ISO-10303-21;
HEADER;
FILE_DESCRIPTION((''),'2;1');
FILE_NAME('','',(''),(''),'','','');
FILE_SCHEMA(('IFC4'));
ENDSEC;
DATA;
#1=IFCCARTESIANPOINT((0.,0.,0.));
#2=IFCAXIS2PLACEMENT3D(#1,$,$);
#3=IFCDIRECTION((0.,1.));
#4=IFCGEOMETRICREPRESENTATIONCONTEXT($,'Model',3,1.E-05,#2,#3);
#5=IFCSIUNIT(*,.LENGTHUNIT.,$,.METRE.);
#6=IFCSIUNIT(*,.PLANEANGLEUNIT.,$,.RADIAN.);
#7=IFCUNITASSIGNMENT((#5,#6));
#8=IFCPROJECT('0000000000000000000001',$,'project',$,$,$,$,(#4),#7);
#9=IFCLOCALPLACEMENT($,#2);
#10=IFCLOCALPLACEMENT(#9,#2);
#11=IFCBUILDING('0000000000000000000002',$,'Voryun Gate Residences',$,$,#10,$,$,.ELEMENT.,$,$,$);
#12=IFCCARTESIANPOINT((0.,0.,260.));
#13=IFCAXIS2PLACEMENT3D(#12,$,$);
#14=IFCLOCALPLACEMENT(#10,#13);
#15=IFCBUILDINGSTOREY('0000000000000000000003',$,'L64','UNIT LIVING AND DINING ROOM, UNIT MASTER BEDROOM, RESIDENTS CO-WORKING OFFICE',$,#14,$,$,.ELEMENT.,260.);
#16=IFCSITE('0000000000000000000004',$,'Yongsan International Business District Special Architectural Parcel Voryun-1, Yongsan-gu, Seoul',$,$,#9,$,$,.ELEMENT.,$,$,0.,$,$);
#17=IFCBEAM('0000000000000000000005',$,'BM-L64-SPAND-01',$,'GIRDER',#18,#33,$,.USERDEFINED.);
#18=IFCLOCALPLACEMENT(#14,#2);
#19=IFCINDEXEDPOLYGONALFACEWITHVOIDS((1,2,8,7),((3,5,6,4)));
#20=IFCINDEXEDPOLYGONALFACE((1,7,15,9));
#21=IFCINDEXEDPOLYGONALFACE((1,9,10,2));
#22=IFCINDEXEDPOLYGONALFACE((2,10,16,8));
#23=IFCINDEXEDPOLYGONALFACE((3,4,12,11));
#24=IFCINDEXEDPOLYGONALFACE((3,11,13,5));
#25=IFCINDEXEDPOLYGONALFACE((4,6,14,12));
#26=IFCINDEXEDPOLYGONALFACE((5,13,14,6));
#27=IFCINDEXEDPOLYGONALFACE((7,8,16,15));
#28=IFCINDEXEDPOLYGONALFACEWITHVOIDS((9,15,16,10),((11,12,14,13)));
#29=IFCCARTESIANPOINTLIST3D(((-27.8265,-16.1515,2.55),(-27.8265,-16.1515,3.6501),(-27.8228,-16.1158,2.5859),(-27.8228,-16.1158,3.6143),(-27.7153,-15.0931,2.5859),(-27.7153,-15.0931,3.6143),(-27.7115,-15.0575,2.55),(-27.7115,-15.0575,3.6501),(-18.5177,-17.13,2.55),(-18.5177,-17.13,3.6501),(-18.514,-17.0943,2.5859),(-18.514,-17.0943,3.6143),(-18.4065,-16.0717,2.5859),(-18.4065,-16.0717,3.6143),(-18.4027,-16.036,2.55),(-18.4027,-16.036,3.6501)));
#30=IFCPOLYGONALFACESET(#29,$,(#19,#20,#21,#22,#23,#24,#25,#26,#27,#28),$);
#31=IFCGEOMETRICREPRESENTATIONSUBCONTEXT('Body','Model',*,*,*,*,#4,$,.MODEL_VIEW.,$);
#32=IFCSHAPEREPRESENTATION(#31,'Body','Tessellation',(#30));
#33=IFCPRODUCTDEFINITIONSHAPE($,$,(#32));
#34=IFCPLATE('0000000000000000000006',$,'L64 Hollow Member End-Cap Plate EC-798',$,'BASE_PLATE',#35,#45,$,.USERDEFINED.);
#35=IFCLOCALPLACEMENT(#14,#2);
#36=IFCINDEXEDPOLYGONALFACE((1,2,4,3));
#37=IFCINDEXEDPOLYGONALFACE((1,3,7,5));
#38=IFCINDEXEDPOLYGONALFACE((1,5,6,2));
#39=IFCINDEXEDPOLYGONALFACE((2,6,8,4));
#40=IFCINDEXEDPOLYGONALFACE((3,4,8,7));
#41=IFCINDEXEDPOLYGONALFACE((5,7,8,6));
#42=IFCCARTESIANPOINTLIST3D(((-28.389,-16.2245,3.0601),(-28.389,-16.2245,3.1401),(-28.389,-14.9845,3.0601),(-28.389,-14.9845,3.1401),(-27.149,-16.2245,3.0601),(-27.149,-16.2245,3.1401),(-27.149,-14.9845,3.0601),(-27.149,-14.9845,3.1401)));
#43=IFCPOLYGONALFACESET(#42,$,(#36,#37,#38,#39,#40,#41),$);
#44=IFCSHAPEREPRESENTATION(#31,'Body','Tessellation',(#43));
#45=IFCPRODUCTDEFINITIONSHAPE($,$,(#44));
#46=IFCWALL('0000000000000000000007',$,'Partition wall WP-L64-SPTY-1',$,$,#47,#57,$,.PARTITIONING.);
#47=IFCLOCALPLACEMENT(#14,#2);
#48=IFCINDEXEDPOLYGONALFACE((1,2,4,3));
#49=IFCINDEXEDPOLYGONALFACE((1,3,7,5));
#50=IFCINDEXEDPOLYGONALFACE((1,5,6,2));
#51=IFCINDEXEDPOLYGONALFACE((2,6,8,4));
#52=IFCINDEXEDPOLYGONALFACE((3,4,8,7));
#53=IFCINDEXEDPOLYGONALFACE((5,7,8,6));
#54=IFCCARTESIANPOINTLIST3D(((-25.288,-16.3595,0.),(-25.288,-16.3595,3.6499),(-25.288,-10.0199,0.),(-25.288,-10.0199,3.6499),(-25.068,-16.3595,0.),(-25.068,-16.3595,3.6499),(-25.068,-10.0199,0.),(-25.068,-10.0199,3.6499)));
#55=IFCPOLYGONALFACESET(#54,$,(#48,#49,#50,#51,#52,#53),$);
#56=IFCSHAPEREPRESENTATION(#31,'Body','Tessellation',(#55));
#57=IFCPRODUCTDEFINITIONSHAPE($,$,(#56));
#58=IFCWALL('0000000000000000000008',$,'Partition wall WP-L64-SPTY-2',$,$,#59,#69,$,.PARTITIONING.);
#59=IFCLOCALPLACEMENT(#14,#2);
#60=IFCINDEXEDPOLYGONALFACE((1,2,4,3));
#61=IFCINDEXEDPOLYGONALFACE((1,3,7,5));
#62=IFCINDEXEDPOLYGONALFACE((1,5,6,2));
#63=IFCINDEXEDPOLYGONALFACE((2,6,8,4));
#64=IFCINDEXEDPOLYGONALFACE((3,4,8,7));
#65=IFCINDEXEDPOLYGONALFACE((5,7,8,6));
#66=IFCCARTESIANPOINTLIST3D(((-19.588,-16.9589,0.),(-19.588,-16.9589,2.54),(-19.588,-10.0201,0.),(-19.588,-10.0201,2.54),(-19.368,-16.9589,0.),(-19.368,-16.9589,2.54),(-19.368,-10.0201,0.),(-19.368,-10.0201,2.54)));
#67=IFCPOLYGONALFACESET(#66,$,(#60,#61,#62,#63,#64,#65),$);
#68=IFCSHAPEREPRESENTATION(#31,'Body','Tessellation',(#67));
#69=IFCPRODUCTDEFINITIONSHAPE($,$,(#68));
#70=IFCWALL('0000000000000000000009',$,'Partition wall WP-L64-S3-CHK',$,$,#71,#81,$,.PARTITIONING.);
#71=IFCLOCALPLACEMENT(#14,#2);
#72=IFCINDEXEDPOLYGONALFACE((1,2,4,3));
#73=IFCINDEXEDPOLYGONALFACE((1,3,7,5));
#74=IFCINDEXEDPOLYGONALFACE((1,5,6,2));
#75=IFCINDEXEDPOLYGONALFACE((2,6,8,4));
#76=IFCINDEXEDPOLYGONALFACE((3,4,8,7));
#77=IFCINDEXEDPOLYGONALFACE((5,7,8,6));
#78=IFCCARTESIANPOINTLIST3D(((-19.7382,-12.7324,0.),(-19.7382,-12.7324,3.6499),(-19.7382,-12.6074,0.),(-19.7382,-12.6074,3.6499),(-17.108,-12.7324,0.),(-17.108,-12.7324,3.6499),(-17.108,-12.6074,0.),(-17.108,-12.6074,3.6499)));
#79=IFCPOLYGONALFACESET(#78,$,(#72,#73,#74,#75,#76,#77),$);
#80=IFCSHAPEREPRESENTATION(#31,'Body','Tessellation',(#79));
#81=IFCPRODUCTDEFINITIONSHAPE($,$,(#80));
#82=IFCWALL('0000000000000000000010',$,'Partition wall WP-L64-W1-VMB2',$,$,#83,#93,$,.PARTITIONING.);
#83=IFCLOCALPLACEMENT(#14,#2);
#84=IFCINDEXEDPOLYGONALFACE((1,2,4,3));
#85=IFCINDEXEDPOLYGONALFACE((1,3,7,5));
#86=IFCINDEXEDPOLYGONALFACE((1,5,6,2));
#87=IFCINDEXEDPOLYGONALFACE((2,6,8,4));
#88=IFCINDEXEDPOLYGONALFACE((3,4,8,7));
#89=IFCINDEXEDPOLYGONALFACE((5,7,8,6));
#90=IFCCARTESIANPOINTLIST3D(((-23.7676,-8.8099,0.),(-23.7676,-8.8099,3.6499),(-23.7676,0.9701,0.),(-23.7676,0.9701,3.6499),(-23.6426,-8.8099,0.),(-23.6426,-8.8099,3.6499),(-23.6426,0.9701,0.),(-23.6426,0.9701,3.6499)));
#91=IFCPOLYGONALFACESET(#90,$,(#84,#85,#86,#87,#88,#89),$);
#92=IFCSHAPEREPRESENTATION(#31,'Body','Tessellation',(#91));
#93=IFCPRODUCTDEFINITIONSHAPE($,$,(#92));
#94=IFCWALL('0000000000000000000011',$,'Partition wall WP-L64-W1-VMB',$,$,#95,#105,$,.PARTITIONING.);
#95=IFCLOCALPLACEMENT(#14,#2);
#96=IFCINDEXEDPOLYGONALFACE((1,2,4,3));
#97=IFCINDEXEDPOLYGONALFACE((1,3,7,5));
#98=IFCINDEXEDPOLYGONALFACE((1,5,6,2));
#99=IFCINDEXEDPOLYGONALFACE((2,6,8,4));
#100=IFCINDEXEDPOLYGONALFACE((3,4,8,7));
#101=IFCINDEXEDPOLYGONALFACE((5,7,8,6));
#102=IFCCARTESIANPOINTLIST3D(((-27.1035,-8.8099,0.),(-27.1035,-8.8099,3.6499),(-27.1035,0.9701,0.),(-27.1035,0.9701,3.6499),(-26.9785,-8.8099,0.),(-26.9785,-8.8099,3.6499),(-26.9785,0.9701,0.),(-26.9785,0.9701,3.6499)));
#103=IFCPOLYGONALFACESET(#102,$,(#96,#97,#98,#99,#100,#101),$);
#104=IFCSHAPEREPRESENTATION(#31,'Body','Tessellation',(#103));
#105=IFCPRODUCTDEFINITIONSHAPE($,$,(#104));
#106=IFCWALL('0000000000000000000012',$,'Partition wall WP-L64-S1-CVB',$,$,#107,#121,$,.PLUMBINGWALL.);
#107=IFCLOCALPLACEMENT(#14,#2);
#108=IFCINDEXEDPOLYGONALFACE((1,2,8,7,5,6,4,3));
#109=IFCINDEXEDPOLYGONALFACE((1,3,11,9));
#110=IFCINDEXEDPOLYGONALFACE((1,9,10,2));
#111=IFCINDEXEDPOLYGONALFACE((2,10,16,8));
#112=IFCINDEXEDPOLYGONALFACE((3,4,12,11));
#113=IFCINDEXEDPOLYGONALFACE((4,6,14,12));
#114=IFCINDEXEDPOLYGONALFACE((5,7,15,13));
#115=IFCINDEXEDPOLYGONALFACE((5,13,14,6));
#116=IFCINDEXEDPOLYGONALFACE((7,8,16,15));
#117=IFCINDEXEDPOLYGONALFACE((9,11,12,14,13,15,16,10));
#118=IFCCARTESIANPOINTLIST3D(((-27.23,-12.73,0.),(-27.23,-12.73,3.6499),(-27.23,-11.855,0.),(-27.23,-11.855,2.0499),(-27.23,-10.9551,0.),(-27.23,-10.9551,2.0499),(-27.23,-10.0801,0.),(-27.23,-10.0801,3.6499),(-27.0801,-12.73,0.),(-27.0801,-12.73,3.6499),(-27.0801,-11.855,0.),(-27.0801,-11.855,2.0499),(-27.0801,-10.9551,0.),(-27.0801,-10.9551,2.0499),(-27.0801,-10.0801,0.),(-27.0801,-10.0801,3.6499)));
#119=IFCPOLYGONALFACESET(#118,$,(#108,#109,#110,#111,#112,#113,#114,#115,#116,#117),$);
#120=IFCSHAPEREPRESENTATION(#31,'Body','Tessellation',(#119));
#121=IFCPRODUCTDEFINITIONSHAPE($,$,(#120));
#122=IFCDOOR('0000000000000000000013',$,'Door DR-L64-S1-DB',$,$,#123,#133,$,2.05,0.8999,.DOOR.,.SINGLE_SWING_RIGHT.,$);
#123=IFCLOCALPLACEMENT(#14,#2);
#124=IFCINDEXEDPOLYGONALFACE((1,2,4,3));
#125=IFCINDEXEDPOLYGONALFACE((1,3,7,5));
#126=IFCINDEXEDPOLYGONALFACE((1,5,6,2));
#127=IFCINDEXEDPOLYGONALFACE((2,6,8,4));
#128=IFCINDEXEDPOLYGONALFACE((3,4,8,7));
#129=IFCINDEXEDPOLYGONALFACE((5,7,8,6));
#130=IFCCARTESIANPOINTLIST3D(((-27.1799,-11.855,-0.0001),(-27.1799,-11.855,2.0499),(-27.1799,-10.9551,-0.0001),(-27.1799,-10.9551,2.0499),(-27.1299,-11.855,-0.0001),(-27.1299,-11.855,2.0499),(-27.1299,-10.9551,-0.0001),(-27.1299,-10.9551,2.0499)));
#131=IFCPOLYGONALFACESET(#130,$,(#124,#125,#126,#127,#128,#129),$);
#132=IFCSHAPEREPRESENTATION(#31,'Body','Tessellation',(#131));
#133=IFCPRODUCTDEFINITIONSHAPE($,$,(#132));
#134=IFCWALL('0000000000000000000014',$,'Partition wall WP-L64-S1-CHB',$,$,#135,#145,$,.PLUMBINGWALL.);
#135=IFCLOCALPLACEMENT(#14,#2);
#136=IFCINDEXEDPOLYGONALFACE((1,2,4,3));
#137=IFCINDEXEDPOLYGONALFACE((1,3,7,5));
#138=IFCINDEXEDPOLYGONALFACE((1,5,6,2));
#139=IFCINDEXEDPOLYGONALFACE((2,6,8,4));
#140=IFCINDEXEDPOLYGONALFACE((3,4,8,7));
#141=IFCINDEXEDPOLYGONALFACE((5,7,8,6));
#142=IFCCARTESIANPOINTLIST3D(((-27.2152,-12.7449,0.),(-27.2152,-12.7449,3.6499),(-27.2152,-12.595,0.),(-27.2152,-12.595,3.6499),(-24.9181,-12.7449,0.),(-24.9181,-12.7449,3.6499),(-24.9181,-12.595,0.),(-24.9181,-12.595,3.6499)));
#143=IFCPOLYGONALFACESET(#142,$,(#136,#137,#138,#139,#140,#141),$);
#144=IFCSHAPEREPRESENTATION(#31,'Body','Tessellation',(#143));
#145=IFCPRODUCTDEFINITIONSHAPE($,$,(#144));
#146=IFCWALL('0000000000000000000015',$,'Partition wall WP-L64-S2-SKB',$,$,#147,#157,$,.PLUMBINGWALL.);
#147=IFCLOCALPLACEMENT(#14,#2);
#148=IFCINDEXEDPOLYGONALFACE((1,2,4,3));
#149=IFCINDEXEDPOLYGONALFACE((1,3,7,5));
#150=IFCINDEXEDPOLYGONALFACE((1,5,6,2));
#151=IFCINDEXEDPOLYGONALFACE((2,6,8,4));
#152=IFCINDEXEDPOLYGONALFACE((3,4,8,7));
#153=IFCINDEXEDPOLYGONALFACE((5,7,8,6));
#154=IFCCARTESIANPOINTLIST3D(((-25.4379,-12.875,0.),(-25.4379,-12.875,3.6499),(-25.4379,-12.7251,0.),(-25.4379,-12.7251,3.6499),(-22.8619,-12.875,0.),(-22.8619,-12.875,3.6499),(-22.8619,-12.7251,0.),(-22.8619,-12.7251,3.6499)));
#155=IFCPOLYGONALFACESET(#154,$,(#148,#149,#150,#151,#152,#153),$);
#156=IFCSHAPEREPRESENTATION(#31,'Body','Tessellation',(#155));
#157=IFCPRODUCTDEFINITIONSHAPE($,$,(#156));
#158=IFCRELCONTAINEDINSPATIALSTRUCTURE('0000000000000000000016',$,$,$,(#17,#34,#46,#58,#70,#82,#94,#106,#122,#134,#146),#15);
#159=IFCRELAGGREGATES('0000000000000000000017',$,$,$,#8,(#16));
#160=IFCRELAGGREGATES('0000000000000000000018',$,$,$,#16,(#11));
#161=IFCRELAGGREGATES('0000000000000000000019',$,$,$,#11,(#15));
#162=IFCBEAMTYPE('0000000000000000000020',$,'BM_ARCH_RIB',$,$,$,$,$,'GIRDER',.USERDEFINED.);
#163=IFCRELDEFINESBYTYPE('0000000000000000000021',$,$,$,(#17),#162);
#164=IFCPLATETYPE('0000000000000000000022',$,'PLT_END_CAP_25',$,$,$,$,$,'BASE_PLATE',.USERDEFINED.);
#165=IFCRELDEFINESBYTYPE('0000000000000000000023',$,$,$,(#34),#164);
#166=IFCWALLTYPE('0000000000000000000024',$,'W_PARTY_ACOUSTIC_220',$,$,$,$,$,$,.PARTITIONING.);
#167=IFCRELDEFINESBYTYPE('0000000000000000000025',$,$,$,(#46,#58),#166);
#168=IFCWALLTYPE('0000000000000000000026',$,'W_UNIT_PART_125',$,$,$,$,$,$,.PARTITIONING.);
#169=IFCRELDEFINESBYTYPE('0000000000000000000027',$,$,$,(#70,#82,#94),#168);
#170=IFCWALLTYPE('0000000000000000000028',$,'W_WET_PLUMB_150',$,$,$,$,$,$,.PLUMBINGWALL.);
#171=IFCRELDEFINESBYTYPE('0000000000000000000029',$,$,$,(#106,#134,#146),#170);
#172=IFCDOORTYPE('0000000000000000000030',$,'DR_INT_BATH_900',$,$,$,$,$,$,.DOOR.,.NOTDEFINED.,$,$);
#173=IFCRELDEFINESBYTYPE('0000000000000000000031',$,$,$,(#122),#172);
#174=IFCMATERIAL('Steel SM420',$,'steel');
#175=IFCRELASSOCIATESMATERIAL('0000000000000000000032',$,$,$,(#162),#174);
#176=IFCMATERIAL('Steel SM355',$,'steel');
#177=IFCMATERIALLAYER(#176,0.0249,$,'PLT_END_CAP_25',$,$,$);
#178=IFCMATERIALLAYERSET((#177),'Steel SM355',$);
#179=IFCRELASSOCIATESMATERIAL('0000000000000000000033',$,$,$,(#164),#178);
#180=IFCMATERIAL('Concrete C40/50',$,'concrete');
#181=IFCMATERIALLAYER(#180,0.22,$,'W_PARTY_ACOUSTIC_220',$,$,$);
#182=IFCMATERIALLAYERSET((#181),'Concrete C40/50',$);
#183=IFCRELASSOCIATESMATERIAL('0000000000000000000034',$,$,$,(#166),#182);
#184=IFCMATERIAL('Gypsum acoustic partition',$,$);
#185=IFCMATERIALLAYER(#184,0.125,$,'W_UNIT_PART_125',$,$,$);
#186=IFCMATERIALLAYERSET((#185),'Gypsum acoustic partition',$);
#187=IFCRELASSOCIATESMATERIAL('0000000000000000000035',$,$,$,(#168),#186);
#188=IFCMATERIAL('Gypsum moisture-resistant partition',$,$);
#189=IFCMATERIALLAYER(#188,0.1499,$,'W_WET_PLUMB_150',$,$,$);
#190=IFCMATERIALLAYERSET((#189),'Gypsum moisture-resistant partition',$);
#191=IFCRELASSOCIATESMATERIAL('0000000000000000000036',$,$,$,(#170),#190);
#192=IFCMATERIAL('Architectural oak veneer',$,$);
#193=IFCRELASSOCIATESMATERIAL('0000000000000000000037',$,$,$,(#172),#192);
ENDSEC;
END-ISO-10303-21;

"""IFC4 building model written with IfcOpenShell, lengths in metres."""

from ifc_helpers import new_model, si_unit, direction, frame, frame_2d, origin, origin_2d, place, context, subcontext, project, spatial, rectangle, hollow_rectangle, extrude, material, layer, layer_set, material_profile, profile_set, type_object, element, fill, save


model = new_model("IFC4")

# Units and contexts
model_context = context("Model", 3, precision=1e-05, world=origin(), true_north=direction((0.0, 1.0)))
body_context = subcontext(model_context, "Body", "Model", "MODEL_VIEW")
ifc_project = project(units=[si_unit("LENGTHUNIT", "METRE"), si_unit("PLANEANGLEUNIT", "RADIAN")], contexts=[model_context])

# Site, building, storey
site_placement = place(None, origin())
site = spatial("IfcSite", under=ifc_project, at=site_placement, Name="Yongsan International Business District Special Architectural Parcel Voryun-1, Yongsan-gu, Seoul", CompositionType="ELEMENT", RefElevation=0.0)
building_placement = place(site_placement, origin())
building = spatial("IfcBuilding", under=site, at=building_placement, Name="Voryun Gate Residences", CompositionType="ELEMENT")
storey_placement = place(building_placement, frame((0.0, 0.0, 260.0)))
storey = spatial("IfcBuildingStorey", under=building, at=storey_placement, Name="L64", Description="UNIT LIVING AND DINING ROOM, UNIT MASTER BEDROOM, RESIDENTS CO-WORKING OFFICE", CompositionType="ELEMENT", Elevation=260.0)

# Beam
ifc_material_1 = material(Name="Steel SM420", Category="steel")
ifc_material_profile = material_profile(ifc_material_1, hollow_rectangle(XDim=1.1001, YDim=1.1001, WallThickness=0.0359, at=origin_2d()), Name="BOX-1100x1100x36")
ifc_profile_set = profile_set([ifc_material_profile], Name="Steel SM420")
beam_type = type_object("IfcBeamType", Name="BM_ARCH_RIB", ElementType="GIRDER", PredefinedType="USERDEFINED", material=ifc_profile_set)
beam_placement = place(storey_placement, frame((-27.769, -15.6045, 3.1001), z_axis=(0.994521, -0.104541, 0.0), x_axis=(0.104541, 0.994521, 0.0)))
element("IfcBeam", 1, at=beam_placement, inside=storey, type_object=beam_type, Name="BM-L64-SPAND-01", ObjectType="GIRDER", PredefinedType="USERDEFINED", context=body_context, shape_type="SweptSolid", body=[
    extrude(hollow_rectangle(XDim=1.1001, YDim=1.1001, WallThickness=0.0359, at=origin_2d()), origin(), (0.0, 0.0, 1.0), 9.3601),
])

# Plate
ifc_material_2 = material(Name="Steel SM355", Category="steel")
ifc_layer_1 = layer(ifc_material_2, 0.0249, Name="PLT_END_CAP_25")
ifc_layer_set_1 = layer_set([ifc_layer_1], Name="Steel SM355")
plate_type = type_object("IfcPlateType", Name="PLT_END_CAP_25", ElementType="BASE_PLATE", PredefinedType="USERDEFINED", material=ifc_layer_set_1)
plate_placement = place(storey_placement, frame((-27.769, -15.6045, 3.0601), z_axis=(0.0, 0.0, 1.0), x_axis=(1.0, 0.0, 0.0)))
element("IfcPlate", 2, at=plate_placement, inside=storey, type_object=plate_type, Name="L64 Hollow Member End-Cap Plate EC-798", ObjectType="BASE_PLATE", PredefinedType="USERDEFINED", context=body_context, shape_type="SweptSolid", body=[
    extrude(rectangle(XDim=1.24, YDim=1.24, at=origin_2d()), origin(), (0.0, 0.0, 1.0), 0.0801),
])

# Walls
ifc_material_3 = material(Name="Concrete C40/50", Category="concrete")
ifc_layer_2 = layer(ifc_material_3, 0.22, Name="W_PARTY_ACOUSTIC_220")
ifc_layer_set_2 = layer_set([ifc_layer_2], Name="Concrete C40/50")
wall_type_1 = type_object("IfcWallType", Name="W_PARTY_ACOUSTIC_220", PredefinedType="PARTITIONING", material=ifc_layer_set_2)
wall_1_placement = place(storey_placement, frame((-25.178, -16.3596, 0.0), z_axis=(0.0, 0.0, 1.0), x_axis=(0.0, 1.0, 0.0)))
element("IfcWall", 3, at=wall_1_placement, inside=storey, type_object=wall_type_1, Name="Partition wall WP-L64-SPTY-1", PredefinedType="PARTITIONING", context=body_context, shape_type="SweptSolid", body=[
    extrude(rectangle(XDim=6.3396, YDim=0.22, at=frame_2d((3.1699, 0.0))), origin(), (0.0, 0.0, 1.0), 3.6499),
])
wall_2_placement = place(storey_placement, frame((-19.478, -16.9587, 0.0), z_axis=(0.0, 0.0, 1.0), x_axis=(0.0, 1.0, 0.0)))
element("IfcWall", 4, at=wall_2_placement, inside=storey, type_object=wall_type_1, Name="Partition wall WP-L64-SPTY-2", PredefinedType="PARTITIONING", context=body_context, shape_type="SweptSolid", body=[
    extrude(rectangle(XDim=6.9387, YDim=0.22, at=frame_2d((3.4692, 0.0))), origin(), (0.0, 0.0, 1.0), 2.54),
])
ifc_material_4 = material(Name="Gypsum acoustic partition")
ifc_layer_3 = layer(ifc_material_4, 0.125, Name="W_UNIT_PART_125")
ifc_layer_set_3 = layer_set([ifc_layer_3], Name="Gypsum acoustic partition")
wall_type_2 = type_object("IfcWallType", Name="W_UNIT_PART_125", PredefinedType="PARTITIONING", material=ifc_layer_set_3)
wall_3_placement = place(storey_placement, frame((-19.738, -12.6699, 0.0), z_axis=(0.0, 0.0, 1.0), x_axis=(1.0, 0.0, 0.0)))
element("IfcWall", 5, at=wall_3_placement, inside=storey, type_object=wall_type_2, Name="Partition wall WP-L64-S3-CHK", PredefinedType="PARTITIONING", context=body_context, shape_type="SweptSolid", body=[
    extrude(rectangle(XDim=2.6301, YDim=0.125, at=frame_2d((1.3149, 0.0))), origin(), (0.0, 0.0, 1.0), 3.6499),
])
for number, where, z_axis, x_axis, name in (
    (6, (-23.7051, -8.8101, 0.0), (0.0, 0.0, 1.0), (0.0, 1.0, 0.0), "Partition wall WP-L64-W1-VMB2"),
    (7, (-27.041, -8.8101, 0.0), (0.0, 0.0, 1.0), (0.0, 1.0, 0.0), "Partition wall WP-L64-W1-VMB"),
):
    element("IfcWall", number, at=place(storey_placement, frame(where, z_axis=z_axis, x_axis=x_axis)), inside=storey, type_object=wall_type_2, Name=name, PredefinedType="PARTITIONING", context=body_context, shape_type="SweptSolid", body=[
        extrude(rectangle(XDim=9.78, YDim=0.125, at=frame_2d((4.8901, 0.0))), origin(), (0.0, 0.0, 1.0), 3.6499),
    ])

# Wall, opening, door
ifc_material_5 = material(Name="Gypsum moisture-resistant partition")
ifc_layer_4 = layer(ifc_material_5, 0.1499, Name="W_WET_PLUMB_150")
ifc_layer_set_4 = layer_set([ifc_layer_4], Name="Gypsum moisture-resistant partition")
wall_type_3 = type_object("IfcWallType", Name="W_WET_PLUMB_150", PredefinedType="PLUMBINGWALL", material=ifc_layer_set_4)
wall_4_placement = place(storey_placement, frame((-27.155, -12.73, 0.0), z_axis=(0.0, 0.0, 1.0), x_axis=(0.0, 1.0, 0.0)))
wall_4 = element("IfcWall", 8, at=wall_4_placement, inside=storey, type_object=wall_type_3, Name="Partition wall WP-L64-S1-CVB", PredefinedType="PLUMBINGWALL", context=body_context, shape_type="SweptSolid", body=[
    extrude(rectangle(XDim=2.6499, YDim=0.1499, at=frame_2d((1.325, 0.0))), origin(), (0.0, 0.0, 1.0), 3.6499),
])
opening_1_placement = place(wall_4_placement, frame((0.875, 0.0, 0.0)))
opening_1 = element("IfcOpeningElement", 9, at=opening_1_placement, cuts=wall_4, PredefinedType="OPENING", context=body_context, shape_type="SweptSolid", body=[
    extrude(rectangle(XDim=0.8999, YDim=2.05, at=frame_2d((0.45, 1.0249))), frame((0.0, 0.085, 0.0), z_axis=(0.0, -1.0, 0.0), x_axis=(1.0, 0.0, 0.0)), (0.0, 0.0, 1.0), 0.1699),
])
ifc_material_6 = material(Name="Architectural oak veneer")
door_type = type_object("IfcDoorType", Name="DR_INT_BATH_900", OperationType="NOTDEFINED", PredefinedType="DOOR", material=ifc_material_6)
door_1_placement = place(opening_1_placement, origin())
door_1 = element("IfcDoor", 10, at=door_1_placement, inside=storey, type_object=door_type, Name="Door DR-L64-S1-DB", OperationType="SINGLE_SWING_RIGHT", OverallHeight=2.05, OverallWidth=0.8999, PredefinedType="DOOR", context=body_context, shape_type="SweptSolid", body=[
    extrude(rectangle(XDim=0.8999, YDim=2.05, at=frame_2d((0.45, 1.0249))), frame((0.0, 0.0249, 0.0), z_axis=(0.0, -1.0, 0.0), x_axis=(1.0, 0.0, 0.0)), (0.0, 0.0, 1.0), 0.05),
])
fill(opening_1, door_1)

# Walls
wall_5_placement = place(storey_placement, frame((-27.2151, -12.6699, 0.0), z_axis=(0.0, 0.0, 1.0), x_axis=(1.0, 0.0, 0.0)))
element("IfcWall", 11, at=wall_5_placement, inside=storey, type_object=wall_type_3, Name="Partition wall WP-L64-S1-CHB", PredefinedType="PLUMBINGWALL", context=body_context, shape_type="SweptSolid", body=[
    extrude(rectangle(XDim=2.2971, YDim=0.1499, at=frame_2d((1.1484, 0.0))), origin(), (0.0, 0.0, 1.0), 3.6499),
])
wall_6_placement = place(storey_placement, frame((-25.438, -12.8, 0.0), z_axis=(0.0, 0.0, 1.0), x_axis=(1.0, 0.0, 0.0)))
element("IfcWall", 12, at=wall_6_placement, inside=storey, type_object=wall_type_3, Name="Partition wall WP-L64-S2-SKB", PredefinedType="PLUMBINGWALL", context=body_context, shape_type="SweptSolid", body=[
    extrude(rectangle(XDim=2.5759, YDim=0.1499, at=frame_2d((1.2881, 0.0))), origin(), (0.0, 0.0, 1.0), 3.6499),
])

save(model, "model.ifc")
